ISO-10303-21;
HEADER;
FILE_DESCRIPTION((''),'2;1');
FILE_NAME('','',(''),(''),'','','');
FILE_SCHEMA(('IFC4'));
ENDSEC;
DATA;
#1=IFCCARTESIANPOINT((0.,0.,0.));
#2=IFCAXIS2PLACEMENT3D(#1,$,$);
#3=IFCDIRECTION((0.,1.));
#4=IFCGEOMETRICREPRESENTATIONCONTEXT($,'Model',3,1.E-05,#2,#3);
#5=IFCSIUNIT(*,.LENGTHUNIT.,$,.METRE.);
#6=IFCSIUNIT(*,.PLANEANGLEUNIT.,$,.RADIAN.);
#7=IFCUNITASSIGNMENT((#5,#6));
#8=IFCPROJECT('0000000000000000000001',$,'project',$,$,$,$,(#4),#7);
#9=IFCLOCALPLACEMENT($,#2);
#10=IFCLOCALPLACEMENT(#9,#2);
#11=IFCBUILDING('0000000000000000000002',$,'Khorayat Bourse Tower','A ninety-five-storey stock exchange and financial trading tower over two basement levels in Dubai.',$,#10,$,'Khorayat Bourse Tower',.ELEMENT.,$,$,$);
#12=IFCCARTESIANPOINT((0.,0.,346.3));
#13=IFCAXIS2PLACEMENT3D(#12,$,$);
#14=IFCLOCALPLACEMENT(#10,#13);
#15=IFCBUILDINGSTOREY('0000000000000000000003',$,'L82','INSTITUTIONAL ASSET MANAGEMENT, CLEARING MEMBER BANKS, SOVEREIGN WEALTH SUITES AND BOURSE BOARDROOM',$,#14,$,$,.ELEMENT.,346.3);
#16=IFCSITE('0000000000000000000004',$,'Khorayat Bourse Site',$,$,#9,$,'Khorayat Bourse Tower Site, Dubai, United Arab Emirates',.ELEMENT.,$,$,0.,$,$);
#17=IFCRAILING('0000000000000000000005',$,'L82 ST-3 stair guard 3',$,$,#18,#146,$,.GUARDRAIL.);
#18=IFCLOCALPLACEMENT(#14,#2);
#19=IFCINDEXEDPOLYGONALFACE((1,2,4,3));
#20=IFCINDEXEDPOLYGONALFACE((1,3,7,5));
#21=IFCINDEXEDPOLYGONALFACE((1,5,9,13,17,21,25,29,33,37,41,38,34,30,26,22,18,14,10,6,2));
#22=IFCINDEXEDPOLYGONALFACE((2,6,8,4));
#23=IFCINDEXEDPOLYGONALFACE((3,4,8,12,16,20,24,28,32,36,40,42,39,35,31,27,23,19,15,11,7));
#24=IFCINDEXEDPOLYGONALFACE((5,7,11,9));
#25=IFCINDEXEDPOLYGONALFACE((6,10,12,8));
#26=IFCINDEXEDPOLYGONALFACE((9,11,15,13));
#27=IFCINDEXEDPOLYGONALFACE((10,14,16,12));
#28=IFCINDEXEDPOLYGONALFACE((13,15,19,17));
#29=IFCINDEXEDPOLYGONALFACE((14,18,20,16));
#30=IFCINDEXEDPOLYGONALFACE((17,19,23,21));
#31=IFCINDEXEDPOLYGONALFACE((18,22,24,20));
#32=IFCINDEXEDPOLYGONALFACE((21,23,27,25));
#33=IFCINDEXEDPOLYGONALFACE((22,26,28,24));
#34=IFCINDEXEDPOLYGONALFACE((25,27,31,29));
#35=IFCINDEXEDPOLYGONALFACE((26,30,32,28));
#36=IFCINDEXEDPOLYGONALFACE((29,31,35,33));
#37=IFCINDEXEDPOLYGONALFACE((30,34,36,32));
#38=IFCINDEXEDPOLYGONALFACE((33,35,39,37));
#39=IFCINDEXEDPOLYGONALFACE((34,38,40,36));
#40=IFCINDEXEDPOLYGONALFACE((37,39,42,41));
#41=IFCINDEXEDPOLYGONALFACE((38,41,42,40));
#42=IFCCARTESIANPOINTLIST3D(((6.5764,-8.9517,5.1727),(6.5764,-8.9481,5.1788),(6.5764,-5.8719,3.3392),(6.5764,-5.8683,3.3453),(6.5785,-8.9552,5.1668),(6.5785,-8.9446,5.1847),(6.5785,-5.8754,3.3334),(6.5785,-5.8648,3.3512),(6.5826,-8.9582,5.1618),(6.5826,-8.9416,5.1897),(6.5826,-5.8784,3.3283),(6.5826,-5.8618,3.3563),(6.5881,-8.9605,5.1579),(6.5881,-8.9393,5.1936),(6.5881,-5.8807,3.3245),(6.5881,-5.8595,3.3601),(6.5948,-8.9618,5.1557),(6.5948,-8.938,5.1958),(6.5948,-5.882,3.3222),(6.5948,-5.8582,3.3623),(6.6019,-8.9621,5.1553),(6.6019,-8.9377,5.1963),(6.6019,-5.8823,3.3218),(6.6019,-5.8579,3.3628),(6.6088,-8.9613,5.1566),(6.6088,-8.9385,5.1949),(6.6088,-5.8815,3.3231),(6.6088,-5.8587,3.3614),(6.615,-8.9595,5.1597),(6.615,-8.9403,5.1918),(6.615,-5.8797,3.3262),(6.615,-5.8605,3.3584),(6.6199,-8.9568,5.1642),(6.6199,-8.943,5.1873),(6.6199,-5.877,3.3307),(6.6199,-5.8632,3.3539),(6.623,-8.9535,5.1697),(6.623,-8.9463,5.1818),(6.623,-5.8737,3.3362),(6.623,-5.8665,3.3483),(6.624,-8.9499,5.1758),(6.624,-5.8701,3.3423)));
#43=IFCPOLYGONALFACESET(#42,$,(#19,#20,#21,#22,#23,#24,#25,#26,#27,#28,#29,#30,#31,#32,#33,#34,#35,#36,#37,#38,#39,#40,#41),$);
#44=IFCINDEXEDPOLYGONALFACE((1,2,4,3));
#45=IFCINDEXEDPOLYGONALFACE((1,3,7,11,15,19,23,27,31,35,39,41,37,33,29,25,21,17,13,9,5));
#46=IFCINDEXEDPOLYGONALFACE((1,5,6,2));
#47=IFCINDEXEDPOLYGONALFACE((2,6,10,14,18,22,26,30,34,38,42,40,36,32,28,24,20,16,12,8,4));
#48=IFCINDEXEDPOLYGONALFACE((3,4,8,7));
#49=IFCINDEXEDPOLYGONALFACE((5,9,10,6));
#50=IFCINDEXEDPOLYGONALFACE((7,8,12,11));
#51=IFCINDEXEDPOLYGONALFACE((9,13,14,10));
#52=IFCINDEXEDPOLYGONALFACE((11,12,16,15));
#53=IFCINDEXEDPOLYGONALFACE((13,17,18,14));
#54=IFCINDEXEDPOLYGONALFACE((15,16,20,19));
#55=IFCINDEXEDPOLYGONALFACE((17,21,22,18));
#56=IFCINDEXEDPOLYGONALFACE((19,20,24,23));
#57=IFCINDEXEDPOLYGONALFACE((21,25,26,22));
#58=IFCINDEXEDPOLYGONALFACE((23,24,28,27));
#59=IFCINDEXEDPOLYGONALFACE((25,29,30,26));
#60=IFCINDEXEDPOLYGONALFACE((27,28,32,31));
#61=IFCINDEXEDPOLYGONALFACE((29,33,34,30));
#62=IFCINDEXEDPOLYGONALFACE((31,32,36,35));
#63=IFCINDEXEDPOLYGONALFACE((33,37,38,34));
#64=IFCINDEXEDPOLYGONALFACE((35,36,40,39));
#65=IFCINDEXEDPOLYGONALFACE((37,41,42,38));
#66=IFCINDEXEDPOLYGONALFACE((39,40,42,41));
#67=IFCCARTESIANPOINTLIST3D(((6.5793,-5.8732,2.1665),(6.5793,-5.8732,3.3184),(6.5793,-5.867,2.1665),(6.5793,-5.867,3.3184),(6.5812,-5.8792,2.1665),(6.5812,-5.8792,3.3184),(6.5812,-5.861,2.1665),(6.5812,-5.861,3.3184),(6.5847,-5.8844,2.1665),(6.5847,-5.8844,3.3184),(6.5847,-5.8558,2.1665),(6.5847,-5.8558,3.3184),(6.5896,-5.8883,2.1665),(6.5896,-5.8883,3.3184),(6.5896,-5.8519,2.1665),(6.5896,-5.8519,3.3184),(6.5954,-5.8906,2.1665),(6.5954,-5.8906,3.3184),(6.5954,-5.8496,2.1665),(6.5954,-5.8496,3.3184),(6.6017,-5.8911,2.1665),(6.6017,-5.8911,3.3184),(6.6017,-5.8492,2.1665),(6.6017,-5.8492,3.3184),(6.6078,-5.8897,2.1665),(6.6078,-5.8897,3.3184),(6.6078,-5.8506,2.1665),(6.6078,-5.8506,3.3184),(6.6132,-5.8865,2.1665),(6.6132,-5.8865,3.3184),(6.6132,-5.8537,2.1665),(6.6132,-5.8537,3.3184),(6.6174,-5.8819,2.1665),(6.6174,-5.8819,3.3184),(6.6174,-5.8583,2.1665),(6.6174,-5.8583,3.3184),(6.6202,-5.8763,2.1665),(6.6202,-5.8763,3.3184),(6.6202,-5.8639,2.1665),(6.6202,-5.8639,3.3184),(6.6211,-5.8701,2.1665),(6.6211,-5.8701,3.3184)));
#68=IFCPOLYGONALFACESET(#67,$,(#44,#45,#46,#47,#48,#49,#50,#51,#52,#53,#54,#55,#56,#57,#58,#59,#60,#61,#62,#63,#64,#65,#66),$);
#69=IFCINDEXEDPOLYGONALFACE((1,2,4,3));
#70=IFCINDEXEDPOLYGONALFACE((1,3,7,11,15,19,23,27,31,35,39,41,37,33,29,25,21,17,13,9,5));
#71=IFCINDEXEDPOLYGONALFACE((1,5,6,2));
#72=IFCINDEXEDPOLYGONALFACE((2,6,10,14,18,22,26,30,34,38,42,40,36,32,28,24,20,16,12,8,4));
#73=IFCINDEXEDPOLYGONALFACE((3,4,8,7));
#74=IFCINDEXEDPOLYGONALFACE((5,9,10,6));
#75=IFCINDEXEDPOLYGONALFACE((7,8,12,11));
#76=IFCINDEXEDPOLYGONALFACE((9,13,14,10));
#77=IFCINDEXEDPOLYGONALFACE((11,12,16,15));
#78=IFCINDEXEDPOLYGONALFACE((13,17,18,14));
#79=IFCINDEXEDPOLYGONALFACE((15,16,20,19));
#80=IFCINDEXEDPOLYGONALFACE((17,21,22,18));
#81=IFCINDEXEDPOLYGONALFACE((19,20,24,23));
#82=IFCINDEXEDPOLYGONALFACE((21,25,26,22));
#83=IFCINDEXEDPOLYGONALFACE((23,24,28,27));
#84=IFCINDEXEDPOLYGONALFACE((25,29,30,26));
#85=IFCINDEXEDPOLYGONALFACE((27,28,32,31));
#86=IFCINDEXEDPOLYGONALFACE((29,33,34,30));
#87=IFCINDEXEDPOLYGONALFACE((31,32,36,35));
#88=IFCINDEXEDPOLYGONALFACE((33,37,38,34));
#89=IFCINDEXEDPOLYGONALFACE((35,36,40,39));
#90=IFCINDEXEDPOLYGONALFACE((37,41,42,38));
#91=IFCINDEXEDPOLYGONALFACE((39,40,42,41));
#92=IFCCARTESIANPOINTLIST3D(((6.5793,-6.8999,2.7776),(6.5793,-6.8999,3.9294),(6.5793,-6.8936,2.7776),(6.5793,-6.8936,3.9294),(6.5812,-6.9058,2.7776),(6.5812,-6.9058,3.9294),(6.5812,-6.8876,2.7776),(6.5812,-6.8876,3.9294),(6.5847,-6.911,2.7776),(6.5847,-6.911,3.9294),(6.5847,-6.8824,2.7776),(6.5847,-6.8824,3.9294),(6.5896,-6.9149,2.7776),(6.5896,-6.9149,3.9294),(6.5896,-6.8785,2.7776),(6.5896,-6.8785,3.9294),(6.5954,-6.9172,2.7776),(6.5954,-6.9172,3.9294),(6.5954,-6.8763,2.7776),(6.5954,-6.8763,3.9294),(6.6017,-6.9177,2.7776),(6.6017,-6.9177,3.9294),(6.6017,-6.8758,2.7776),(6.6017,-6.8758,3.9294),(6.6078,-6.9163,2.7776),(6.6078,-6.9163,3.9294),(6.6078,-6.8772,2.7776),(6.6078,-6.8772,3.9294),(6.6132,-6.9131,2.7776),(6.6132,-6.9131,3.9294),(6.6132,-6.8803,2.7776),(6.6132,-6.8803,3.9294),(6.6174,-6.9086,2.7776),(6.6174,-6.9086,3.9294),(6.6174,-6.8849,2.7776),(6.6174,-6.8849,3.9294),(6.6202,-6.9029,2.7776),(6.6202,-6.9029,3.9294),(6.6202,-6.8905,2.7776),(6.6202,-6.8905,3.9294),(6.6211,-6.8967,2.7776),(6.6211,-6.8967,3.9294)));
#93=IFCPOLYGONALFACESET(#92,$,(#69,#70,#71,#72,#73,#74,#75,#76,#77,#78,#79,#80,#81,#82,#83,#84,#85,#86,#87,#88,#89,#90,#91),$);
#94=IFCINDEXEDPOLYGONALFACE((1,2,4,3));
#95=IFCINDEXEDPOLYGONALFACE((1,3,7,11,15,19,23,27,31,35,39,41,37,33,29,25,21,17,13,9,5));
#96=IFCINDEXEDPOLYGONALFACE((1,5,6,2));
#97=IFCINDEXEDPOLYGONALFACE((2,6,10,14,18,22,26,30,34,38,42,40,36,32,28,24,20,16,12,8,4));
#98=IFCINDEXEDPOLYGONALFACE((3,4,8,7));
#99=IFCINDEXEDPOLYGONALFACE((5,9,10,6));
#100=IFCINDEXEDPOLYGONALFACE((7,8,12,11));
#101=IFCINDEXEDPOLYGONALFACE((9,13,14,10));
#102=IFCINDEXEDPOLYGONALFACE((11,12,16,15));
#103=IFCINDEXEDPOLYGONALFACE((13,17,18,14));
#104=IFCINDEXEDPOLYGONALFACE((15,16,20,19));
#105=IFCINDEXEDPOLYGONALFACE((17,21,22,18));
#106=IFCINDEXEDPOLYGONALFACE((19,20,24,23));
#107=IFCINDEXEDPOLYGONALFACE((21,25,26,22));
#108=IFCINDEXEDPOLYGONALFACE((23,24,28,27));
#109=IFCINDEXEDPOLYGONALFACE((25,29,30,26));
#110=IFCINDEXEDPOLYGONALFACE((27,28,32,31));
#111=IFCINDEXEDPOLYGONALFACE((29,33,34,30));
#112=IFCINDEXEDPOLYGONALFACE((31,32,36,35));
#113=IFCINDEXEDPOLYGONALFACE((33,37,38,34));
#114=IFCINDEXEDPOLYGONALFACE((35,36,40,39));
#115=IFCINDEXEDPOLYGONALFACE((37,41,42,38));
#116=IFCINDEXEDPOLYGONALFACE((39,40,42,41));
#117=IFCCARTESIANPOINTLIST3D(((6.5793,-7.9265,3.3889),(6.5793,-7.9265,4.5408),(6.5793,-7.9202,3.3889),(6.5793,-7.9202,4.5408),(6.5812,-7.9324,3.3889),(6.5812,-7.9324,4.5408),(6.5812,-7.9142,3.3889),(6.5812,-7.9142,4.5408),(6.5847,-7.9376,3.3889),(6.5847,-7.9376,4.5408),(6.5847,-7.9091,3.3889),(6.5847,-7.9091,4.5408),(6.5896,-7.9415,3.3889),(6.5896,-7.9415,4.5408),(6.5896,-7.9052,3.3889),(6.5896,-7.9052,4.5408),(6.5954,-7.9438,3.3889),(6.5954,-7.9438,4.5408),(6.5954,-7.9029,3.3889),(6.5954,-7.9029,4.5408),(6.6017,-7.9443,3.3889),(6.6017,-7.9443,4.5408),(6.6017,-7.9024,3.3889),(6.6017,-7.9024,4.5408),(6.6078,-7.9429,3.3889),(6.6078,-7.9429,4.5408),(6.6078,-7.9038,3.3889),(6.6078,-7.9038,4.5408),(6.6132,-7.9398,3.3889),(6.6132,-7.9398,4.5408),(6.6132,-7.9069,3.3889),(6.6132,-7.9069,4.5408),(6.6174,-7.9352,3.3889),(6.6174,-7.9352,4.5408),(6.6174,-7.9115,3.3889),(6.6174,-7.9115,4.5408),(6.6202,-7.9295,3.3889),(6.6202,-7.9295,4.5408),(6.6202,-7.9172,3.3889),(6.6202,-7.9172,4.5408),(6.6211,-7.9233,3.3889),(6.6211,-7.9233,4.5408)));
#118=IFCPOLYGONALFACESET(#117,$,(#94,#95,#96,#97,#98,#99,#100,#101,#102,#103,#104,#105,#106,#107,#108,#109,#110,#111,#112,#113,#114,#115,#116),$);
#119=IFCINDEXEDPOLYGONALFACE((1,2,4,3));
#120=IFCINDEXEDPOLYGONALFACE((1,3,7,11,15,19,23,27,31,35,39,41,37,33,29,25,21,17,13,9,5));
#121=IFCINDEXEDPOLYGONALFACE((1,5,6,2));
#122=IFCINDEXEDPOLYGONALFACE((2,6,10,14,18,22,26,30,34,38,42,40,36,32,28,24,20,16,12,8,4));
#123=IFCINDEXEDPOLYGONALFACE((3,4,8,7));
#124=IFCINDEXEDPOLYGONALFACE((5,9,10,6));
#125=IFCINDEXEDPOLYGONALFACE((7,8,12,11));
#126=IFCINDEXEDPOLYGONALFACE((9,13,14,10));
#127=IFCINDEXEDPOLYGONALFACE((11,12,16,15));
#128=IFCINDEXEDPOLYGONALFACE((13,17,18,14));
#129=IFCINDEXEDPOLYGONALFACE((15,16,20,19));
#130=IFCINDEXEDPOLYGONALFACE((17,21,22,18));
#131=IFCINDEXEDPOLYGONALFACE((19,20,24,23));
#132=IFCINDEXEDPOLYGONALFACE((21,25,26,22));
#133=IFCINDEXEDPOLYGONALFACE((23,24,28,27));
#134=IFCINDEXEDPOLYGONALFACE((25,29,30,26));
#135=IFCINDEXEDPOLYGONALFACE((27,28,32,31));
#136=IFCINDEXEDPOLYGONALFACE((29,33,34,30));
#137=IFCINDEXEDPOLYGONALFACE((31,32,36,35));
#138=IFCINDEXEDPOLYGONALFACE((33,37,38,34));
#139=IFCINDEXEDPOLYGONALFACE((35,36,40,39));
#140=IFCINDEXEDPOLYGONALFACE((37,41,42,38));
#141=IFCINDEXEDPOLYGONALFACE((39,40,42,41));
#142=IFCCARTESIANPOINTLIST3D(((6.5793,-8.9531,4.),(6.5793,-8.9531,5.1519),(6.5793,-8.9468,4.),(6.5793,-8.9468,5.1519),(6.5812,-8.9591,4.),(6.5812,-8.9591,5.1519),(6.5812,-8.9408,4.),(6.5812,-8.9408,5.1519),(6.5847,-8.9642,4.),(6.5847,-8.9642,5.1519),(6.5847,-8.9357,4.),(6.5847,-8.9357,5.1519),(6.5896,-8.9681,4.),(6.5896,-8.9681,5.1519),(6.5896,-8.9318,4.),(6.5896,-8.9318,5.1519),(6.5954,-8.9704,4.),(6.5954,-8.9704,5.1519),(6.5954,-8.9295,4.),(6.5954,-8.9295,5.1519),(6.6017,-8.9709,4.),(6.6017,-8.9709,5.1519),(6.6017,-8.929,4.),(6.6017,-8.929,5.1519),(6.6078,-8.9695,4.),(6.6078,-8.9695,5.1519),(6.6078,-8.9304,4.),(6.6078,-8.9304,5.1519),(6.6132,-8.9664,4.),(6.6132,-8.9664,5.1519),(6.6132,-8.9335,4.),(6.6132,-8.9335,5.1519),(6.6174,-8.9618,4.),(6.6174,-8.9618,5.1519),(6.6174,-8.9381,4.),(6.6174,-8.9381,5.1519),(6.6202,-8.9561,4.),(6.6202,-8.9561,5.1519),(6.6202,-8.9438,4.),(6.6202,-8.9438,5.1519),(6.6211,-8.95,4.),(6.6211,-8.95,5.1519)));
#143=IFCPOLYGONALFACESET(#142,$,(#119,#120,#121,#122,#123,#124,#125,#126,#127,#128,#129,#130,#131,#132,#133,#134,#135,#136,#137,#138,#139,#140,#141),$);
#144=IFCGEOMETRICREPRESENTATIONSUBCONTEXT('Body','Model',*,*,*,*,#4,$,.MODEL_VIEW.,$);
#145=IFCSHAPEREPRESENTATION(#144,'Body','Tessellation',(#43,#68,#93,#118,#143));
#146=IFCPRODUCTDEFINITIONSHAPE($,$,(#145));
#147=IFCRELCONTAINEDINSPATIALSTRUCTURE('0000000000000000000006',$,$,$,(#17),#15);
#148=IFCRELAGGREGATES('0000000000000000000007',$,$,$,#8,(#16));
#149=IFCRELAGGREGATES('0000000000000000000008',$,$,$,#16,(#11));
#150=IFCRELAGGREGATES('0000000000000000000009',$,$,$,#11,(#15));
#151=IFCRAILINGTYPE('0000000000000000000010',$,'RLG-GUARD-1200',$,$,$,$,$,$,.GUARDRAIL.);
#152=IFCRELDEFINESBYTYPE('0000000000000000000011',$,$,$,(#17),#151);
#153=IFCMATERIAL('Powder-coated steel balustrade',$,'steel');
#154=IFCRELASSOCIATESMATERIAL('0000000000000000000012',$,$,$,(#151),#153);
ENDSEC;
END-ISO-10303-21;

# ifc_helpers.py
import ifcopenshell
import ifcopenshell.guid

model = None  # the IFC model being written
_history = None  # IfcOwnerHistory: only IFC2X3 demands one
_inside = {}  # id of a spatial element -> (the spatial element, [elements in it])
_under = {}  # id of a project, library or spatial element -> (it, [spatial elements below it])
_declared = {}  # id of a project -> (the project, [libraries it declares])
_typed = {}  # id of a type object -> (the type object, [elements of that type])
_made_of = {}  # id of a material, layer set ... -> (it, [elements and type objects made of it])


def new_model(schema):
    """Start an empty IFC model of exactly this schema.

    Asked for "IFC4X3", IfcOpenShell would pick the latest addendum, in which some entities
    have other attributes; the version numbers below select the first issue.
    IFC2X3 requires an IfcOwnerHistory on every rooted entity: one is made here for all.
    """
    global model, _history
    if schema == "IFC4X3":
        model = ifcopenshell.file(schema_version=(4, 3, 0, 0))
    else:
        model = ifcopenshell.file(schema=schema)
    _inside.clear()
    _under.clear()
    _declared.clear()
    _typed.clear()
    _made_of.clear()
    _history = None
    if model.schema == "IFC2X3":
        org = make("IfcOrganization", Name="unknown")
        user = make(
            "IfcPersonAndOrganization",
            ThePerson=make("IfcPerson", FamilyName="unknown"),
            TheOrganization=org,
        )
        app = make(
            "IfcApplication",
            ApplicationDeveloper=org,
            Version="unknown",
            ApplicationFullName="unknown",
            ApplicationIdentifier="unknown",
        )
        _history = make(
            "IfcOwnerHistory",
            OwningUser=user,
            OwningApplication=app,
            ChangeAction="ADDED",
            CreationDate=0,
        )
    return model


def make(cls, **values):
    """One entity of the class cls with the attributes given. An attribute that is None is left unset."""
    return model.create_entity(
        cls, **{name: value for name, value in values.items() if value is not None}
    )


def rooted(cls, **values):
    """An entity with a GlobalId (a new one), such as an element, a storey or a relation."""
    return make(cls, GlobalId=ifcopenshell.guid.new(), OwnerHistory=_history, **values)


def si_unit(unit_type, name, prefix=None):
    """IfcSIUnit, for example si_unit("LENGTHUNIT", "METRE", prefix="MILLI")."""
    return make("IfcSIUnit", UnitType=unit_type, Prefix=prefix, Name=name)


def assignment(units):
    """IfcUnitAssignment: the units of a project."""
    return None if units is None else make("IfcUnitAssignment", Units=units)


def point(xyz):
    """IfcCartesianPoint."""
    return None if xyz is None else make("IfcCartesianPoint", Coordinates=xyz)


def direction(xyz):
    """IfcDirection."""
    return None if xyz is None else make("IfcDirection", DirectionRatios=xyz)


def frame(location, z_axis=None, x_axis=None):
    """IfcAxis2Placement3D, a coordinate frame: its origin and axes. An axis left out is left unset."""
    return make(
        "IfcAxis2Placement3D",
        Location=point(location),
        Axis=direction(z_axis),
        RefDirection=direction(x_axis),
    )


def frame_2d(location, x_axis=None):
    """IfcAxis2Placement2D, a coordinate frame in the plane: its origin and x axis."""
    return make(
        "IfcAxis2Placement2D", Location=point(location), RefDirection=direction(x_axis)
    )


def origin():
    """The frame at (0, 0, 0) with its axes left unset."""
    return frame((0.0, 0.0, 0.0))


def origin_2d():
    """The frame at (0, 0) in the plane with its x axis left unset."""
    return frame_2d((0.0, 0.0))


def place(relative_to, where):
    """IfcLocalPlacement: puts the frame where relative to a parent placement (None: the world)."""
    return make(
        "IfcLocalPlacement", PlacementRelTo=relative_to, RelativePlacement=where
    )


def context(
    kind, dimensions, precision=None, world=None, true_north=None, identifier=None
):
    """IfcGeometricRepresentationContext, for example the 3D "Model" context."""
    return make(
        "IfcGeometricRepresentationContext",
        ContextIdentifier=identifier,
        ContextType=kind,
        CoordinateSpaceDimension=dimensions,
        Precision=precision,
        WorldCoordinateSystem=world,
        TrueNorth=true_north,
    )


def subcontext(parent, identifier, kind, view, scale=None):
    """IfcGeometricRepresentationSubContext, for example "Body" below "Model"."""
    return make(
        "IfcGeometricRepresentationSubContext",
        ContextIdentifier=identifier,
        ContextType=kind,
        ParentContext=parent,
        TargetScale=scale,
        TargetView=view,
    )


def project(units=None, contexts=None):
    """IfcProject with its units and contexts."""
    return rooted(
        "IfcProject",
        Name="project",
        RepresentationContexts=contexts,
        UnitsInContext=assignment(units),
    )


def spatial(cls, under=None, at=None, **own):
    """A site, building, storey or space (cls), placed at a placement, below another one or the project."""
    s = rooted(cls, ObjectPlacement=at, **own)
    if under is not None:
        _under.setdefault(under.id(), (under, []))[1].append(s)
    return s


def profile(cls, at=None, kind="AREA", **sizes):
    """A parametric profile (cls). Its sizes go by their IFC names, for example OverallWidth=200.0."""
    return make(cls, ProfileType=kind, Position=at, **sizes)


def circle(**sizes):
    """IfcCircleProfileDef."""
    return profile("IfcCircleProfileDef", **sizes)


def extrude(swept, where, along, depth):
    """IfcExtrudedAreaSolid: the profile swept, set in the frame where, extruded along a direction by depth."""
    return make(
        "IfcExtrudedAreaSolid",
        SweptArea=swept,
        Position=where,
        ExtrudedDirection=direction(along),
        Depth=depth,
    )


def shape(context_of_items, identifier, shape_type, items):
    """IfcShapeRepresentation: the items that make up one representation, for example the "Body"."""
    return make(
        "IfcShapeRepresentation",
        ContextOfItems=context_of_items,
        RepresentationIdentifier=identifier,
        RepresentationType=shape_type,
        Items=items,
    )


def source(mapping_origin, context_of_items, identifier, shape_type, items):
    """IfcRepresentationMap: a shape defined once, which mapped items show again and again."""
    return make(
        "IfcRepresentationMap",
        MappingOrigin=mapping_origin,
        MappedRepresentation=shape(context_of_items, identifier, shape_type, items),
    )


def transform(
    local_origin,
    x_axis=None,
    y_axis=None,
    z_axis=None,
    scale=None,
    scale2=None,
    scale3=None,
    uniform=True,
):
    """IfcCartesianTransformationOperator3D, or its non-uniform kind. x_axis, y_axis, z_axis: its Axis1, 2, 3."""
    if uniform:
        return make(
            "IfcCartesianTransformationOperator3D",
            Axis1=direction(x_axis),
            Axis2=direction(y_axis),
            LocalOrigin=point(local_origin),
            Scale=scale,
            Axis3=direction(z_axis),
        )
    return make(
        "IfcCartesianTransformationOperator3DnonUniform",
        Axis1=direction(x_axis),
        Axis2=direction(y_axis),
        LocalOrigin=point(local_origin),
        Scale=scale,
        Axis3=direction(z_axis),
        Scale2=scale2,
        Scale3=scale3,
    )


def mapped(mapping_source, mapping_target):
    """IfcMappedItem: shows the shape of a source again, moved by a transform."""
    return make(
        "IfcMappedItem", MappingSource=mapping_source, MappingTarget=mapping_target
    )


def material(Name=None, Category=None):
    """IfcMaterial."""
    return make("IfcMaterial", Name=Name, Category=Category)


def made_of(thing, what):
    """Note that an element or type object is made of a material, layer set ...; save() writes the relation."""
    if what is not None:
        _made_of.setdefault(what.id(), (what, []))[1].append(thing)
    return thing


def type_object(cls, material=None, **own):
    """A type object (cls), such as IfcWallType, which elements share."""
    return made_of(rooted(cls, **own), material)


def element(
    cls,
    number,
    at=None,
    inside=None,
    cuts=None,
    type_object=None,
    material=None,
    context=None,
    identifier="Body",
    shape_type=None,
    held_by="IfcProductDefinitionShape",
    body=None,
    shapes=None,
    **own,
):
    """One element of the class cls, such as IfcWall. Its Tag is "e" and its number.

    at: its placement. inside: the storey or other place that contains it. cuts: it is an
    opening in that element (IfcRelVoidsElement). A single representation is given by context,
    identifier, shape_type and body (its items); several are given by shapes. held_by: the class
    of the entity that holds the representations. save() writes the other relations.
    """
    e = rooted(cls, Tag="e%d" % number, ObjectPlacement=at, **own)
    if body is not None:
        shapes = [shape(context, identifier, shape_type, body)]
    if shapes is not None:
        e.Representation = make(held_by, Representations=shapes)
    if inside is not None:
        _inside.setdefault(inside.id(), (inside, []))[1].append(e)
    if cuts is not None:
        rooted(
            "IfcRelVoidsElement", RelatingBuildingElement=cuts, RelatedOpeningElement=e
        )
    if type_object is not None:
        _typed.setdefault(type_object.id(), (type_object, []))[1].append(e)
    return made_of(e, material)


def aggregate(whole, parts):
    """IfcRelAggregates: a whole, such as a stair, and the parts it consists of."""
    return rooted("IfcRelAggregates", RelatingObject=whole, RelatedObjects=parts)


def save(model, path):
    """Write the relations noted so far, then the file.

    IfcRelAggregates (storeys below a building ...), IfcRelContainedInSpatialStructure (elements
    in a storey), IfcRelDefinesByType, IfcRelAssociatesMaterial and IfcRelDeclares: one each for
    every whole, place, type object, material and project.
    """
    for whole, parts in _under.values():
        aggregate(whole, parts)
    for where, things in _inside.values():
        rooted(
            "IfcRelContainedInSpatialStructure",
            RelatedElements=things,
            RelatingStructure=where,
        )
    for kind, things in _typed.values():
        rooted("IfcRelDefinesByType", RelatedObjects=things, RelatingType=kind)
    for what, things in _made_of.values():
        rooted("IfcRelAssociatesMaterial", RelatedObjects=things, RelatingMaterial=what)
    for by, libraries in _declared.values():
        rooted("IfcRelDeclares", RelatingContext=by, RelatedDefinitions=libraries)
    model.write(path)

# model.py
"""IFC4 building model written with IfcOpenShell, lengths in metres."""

from ifc_helpers import new_model, si_unit, direction, frame, origin, origin_2d, place, context, subcontext, project, spatial, circle, extrude, source, transform, mapped, material, type_object, element, save


model = new_model("IFC4")

# Units and contexts
model_context = context("Model", 3, precision=1e-05, world=origin(), true_north=direction((0.0, 1.0)))
body_context = subcontext(model_context, "Body", "Model", "MODEL_VIEW")
ifc_project = project(units=[si_unit("LENGTHUNIT", "METRE"), si_unit("PLANEANGLEUNIT", "RADIAN")], contexts=[model_context])

# Site, building, storey
site_placement = place(None, origin())
site = spatial("IfcSite", under=ifc_project, at=site_placement, Name="Khorayat Bourse Site", LongName="Khorayat Bourse Tower Site, Dubai, United Arab Emirates", CompositionType="ELEMENT", RefElevation=0.0)
building_placement = place(site_placement, origin())
building = spatial("IfcBuilding", under=site, at=building_placement, Name="Khorayat Bourse Tower", Description="A ninety-five-storey stock exchange and financial trading tower over two basement levels in Dubai.", LongName="Khorayat Bourse Tower", CompositionType="ELEMENT")
storey_placement = place(building_placement, frame((0.0, 0.0, 346.3)))
storey = spatial("IfcBuildingStorey", under=building, at=storey_placement, Name="L82", Description="INSTITUTIONAL ASSET MANAGEMENT, CLEARING MEMBER BANKS, SOVEREIGN WEALTH SUITES AND BOURSE BOARDROOM", CompositionType="ELEMENT", Elevation=346.3)

# Railing
ifc_material_1 = material(Name="Powder-coated steel balustrade", Category="steel")
railing_type_1 = type_object("IfcRailingType", Name="RLG-GUARD-1200", PredefinedType="GUARDRAIL", material=ifc_material_1)
shared_shape_1 = source(origin(), body_context, "Body", "SweptSolid", [
    extrude(circle(Radius=0.0239, at=origin_2d()), frame((0.0, 0.0, 1.1758), z_axis=(0.0, -0.859261, 0.511538), x_axis=(1.0, 0.0, 0.0)), (0.0, 0.0, 1.0), 3.5842),
    extrude(circle(Radius=0.021, at=origin_2d()), origin(), (0.0, 0.0, 1.0), 1.1519),
    extrude(circle(Radius=0.021, at=origin_2d()), frame((0.0, -1.0266, 0.6111)), (0.0, 0.0, 1.0), 1.1519),
    extrude(circle(Radius=0.021, at=origin_2d()), frame((0.0, -2.0532, 1.2224)), (0.0, 0.0, 1.0), 1.1519),
    extrude(circle(Radius=0.021, at=origin_2d()), frame((0.0, -3.0798, 1.8335)), (0.0, 0.0, 1.0), 1.1519),
])
railing_1_placement = place(storey_placement, frame((6.6001, -5.8701, 2.1665)))
element("IfcRailing", 1, at=railing_1_placement, inside=storey, type_object=railing_type_1, Name="L82 ST-3 stair guard 3", PredefinedType="GUARDRAIL", context=body_context, shape_type="MappedRepresentation", body=[
    mapped(shared_shape_1, transform((0.0, 0.0, 0.0), scale=1.0)),
])

save(model, "model.ifc")
